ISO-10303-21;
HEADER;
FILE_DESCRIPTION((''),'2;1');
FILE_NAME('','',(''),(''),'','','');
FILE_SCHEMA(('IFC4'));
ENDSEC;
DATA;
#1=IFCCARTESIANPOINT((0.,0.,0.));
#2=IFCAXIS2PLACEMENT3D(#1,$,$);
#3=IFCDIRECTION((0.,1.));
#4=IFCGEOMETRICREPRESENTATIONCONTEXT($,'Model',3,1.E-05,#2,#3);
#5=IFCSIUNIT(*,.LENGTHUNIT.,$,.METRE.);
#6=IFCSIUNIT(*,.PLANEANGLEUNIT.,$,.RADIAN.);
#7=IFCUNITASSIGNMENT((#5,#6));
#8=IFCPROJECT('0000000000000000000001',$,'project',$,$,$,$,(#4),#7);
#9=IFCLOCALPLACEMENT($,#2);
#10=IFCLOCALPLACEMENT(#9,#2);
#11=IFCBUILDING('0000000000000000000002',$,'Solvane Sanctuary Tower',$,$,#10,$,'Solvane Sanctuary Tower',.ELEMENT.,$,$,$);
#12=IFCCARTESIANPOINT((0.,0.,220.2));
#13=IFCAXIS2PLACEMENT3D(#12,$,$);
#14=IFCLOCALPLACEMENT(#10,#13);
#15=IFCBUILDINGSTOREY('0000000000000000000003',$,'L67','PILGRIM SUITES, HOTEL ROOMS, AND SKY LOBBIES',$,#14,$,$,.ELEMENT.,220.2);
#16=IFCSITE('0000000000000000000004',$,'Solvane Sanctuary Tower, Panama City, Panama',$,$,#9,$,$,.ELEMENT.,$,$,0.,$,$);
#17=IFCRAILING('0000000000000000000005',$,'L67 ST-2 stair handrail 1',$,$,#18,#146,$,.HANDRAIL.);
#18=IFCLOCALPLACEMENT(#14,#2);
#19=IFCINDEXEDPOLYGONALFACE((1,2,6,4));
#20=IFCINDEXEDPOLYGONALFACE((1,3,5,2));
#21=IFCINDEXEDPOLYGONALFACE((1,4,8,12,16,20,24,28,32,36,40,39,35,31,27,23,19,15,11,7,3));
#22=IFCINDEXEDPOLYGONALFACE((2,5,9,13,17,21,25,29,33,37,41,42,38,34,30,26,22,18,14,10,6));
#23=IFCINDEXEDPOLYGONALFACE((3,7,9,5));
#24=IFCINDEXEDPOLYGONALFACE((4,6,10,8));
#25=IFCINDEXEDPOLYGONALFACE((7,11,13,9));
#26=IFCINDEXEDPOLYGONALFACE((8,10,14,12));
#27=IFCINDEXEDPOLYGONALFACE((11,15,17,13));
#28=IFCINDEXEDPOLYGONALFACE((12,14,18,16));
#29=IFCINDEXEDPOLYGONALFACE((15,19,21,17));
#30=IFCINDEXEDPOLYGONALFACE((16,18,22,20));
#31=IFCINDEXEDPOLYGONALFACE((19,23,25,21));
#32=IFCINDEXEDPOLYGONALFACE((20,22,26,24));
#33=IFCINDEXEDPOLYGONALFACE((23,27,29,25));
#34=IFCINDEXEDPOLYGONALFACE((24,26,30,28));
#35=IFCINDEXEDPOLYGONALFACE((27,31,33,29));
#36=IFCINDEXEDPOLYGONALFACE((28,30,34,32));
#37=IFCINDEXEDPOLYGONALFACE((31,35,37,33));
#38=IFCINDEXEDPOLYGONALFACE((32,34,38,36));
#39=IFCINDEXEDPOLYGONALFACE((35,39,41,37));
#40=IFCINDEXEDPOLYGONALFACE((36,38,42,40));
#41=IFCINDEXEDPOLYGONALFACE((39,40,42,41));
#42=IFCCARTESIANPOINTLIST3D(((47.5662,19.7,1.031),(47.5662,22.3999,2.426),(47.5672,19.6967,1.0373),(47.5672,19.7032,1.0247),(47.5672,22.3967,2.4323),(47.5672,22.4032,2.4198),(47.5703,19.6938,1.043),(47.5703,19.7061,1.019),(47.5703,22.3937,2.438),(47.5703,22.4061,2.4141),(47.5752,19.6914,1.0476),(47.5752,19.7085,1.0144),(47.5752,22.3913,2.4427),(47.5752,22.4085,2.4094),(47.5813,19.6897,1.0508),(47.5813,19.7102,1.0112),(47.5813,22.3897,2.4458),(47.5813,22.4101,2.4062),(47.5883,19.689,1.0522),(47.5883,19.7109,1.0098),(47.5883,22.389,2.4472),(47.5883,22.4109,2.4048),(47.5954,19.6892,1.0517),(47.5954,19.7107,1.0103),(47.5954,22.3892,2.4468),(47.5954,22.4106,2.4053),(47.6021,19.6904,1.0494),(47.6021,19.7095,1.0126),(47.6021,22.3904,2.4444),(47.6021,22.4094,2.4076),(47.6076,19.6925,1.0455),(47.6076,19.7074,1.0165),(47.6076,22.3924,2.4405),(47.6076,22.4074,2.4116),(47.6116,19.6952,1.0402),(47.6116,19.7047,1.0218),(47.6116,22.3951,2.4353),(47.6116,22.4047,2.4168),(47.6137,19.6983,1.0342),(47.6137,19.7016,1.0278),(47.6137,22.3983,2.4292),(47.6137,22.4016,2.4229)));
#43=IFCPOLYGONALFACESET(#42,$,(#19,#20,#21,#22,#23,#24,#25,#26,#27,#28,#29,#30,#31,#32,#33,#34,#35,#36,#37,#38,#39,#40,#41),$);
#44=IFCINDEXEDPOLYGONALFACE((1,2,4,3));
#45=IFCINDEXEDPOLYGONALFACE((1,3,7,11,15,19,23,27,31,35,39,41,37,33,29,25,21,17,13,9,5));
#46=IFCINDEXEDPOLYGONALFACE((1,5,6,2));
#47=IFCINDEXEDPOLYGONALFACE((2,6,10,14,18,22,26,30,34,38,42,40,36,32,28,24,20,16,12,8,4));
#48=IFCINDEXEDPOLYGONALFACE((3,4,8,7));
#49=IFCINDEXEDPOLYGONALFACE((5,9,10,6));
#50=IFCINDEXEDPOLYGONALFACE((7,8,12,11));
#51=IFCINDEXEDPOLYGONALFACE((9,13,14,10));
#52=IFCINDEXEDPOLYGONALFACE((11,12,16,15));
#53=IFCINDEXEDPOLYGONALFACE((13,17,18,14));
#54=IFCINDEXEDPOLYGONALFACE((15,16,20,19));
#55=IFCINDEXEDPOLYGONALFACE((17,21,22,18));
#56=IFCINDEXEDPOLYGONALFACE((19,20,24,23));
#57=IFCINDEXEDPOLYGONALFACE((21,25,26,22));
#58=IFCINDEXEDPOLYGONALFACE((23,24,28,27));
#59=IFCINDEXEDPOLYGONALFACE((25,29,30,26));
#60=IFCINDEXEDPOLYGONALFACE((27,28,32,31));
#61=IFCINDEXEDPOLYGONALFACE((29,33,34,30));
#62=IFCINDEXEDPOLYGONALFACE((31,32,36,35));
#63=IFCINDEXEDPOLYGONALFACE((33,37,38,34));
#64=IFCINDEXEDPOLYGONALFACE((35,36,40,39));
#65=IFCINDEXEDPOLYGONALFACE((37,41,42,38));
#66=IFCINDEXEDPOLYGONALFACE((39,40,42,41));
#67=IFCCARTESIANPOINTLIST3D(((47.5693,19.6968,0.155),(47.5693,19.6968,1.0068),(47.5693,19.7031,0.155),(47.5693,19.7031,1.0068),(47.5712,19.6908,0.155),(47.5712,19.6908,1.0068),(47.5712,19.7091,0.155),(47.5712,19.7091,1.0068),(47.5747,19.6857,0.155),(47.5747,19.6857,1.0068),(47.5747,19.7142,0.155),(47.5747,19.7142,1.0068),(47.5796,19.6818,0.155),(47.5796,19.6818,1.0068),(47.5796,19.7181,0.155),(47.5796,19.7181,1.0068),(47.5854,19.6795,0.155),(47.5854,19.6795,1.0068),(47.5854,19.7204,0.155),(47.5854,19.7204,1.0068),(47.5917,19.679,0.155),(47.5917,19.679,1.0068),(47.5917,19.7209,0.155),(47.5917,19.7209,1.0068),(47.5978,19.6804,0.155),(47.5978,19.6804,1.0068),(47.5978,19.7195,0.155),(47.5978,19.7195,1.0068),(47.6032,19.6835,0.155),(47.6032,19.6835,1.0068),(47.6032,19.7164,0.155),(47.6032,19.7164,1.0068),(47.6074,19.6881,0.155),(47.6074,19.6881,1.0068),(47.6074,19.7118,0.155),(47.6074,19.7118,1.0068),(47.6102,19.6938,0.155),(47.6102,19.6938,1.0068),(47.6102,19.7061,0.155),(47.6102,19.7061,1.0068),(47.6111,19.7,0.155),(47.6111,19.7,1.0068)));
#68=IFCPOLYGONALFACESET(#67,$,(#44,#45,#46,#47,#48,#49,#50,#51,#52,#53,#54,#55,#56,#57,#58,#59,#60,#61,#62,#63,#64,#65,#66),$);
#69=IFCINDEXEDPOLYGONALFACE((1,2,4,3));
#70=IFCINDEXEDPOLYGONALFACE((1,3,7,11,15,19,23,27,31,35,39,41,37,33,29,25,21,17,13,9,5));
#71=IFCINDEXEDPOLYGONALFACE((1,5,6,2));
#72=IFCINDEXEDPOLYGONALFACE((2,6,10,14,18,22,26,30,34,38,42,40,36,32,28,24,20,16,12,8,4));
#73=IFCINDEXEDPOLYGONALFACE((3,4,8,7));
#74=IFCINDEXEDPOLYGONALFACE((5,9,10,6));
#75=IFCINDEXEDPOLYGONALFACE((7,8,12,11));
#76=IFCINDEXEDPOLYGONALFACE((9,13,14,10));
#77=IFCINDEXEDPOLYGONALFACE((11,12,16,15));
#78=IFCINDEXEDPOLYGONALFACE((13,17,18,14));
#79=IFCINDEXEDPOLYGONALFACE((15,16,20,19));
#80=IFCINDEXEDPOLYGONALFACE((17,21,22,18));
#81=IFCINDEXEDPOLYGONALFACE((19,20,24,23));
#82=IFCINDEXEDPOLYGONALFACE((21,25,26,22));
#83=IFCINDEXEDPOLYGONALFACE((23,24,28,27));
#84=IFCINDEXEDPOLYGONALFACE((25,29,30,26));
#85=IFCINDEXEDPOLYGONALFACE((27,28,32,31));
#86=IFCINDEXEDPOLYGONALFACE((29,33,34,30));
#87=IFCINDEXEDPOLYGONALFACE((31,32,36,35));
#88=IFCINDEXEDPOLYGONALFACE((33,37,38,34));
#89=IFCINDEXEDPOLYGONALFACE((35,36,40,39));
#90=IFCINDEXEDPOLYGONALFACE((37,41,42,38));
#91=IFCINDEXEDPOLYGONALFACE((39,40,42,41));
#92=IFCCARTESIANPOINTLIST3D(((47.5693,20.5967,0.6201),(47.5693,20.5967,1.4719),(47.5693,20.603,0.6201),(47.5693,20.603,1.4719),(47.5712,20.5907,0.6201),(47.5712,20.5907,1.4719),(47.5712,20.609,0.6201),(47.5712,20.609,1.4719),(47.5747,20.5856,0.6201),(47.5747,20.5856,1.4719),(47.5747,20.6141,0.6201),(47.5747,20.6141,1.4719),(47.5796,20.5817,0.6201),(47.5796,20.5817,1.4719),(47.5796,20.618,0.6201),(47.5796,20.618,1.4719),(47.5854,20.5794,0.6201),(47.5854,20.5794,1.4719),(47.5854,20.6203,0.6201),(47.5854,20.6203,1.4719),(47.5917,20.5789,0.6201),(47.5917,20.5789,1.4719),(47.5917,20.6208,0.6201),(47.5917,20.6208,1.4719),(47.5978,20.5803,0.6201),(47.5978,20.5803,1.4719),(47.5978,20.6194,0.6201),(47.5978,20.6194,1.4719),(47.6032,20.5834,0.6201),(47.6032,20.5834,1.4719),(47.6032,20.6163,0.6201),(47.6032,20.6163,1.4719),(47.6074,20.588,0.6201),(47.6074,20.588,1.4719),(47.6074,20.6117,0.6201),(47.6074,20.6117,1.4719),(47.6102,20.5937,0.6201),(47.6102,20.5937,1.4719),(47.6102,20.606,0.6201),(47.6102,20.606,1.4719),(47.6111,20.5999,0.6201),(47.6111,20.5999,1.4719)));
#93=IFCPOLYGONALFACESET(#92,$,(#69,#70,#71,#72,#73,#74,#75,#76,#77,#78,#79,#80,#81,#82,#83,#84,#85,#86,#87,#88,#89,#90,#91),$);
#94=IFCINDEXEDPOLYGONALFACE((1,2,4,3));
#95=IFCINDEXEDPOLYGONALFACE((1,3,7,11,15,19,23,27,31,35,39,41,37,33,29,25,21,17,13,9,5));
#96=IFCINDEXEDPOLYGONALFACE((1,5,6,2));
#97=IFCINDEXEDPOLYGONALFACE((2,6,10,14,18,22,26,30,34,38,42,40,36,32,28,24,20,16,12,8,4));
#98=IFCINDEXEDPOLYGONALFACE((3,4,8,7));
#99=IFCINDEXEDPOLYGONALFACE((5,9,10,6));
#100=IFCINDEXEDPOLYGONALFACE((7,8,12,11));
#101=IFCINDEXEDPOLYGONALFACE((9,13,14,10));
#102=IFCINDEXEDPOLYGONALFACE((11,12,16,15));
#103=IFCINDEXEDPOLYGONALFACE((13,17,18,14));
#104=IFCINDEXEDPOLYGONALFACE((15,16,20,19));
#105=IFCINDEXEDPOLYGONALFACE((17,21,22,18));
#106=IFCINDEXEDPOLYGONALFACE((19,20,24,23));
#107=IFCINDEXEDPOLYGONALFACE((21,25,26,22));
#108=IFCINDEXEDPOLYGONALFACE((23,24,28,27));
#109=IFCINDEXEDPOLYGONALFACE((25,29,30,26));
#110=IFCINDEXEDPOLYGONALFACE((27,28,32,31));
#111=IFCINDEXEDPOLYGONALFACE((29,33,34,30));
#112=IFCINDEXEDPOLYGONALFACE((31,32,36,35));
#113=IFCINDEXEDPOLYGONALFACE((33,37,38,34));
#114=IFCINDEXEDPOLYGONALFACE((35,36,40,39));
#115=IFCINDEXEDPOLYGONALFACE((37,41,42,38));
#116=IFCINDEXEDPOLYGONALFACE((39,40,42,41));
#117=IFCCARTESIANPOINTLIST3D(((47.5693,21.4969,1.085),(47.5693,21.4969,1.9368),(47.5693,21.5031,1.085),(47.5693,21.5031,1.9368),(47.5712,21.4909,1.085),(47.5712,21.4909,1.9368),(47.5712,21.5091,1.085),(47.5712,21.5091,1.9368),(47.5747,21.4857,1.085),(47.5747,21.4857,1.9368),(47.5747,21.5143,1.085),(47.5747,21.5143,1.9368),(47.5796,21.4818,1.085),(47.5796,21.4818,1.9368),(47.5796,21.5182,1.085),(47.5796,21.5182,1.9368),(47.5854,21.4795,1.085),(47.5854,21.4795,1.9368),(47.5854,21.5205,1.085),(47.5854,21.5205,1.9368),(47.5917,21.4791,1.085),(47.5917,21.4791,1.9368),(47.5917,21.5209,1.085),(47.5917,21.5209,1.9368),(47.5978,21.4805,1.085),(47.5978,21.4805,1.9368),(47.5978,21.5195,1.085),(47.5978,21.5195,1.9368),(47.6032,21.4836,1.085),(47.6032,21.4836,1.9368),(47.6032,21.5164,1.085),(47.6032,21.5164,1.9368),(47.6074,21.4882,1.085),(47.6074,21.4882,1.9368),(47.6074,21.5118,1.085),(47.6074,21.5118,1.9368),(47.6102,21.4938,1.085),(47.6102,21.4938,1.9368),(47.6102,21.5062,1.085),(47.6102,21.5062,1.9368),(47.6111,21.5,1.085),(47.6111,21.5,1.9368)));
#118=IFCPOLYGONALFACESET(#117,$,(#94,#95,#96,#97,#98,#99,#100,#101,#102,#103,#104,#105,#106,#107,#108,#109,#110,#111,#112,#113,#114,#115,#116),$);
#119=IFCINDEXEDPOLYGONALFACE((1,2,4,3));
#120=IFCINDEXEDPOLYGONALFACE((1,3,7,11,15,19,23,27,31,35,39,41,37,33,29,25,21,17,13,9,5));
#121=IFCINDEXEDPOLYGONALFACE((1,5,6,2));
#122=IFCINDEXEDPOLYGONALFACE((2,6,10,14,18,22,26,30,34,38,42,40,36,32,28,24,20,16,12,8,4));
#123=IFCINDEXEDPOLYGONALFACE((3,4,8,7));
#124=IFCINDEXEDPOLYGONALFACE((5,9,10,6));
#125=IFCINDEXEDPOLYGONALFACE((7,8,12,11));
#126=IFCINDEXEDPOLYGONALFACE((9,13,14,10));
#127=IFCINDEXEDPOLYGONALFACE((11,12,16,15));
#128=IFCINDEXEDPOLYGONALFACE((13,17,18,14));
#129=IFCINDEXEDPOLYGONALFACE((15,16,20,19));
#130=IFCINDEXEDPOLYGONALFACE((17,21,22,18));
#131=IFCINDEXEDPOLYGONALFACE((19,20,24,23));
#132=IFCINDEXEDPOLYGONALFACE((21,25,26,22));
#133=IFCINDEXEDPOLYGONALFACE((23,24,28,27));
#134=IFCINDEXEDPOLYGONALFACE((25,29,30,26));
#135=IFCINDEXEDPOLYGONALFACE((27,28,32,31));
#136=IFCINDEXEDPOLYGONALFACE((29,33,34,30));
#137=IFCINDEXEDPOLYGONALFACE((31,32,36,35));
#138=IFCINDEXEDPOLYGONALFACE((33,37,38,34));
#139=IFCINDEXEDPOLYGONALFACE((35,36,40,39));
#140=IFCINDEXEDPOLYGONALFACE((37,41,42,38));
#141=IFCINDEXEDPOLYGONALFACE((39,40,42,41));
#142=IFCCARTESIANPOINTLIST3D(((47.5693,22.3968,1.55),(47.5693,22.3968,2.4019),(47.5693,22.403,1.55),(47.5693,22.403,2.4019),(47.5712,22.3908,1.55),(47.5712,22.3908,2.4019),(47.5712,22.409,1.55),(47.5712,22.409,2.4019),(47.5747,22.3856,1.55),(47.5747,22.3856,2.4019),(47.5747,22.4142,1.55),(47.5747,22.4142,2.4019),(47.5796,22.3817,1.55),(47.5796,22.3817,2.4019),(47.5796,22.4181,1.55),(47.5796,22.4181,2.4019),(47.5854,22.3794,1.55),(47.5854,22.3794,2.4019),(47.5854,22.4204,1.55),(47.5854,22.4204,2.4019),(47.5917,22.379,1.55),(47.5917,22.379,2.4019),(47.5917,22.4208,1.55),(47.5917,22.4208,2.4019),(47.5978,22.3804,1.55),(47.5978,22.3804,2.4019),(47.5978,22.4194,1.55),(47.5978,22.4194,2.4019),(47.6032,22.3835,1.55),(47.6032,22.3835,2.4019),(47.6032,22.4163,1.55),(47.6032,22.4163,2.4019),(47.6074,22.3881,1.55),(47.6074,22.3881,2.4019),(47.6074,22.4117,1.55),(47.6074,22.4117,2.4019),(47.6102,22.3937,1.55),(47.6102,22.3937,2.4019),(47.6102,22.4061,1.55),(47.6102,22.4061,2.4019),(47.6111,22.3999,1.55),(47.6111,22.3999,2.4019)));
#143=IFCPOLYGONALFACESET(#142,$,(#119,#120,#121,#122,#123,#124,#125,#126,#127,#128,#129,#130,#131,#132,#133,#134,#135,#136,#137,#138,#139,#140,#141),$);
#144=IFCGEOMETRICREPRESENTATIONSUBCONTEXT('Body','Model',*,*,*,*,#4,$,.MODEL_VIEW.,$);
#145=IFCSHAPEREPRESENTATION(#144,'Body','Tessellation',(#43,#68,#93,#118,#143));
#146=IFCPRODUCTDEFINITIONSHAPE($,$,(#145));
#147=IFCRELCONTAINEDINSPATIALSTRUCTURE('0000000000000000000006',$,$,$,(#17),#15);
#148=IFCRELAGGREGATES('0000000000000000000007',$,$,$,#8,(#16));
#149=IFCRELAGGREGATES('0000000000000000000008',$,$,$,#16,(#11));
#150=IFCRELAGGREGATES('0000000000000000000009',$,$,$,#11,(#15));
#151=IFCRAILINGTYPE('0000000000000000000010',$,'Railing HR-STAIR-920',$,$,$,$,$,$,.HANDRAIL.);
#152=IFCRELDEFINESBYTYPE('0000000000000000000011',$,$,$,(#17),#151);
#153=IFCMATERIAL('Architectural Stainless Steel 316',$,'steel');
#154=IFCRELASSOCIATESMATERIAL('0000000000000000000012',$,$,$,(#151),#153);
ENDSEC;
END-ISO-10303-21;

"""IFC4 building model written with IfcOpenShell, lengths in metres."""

from ifc_helpers import new_model, si_unit, direction, frame, origin, origin_2d, place, context, subcontext, project, spatial, circle, extrude, material, type_object, element, save


model = new_model("IFC4")

# Units and contexts
model_context = context("Model", 3, precision=1e-05, world=origin(), true_north=direction((0.0, 1.0)))
body_context = subcontext(model_context, "Body", "Model", "MODEL_VIEW")
ifc_project = project(units=[si_unit("LENGTHUNIT", "METRE"), si_unit("PLANEANGLEUNIT", "RADIAN")], contexts=[model_context])

# Site, building, storey
site_placement = place(None, origin())
site = spatial("IfcSite", under=ifc_project, at=site_placement, Name="Solvane Sanctuary Tower, Panama City, Panama", CompositionType="ELEMENT", RefElevation=0.0)
building_placement = place(site_placement, origin())
building = spatial("IfcBuilding", under=site, at=building_placement, Name="Solvane Sanctuary Tower", LongName="Solvane Sanctuary Tower", CompositionType="ELEMENT")
storey_placement = place(building_placement, frame((0.0, 0.0, 220.2)))
storey = spatial("IfcBuildingStorey", under=building, at=storey_placement, Name="L67", Description="PILGRIM SUITES, HOTEL ROOMS, AND SKY LOBBIES", CompositionType="ELEMENT", Elevation=220.2)

# Shared definitions
ifc_material_1 = material(Name="Architectural Stainless Steel 316", Category="steel")

# Railing
railing_type_1 = type_object("IfcRailingType", Name="Railing HR-STAIR-920", PredefinedType="HANDRAIL", material=ifc_material_1)
railing_1_placement = place(storey_placement, frame((47.5901, 19.7, 0.155)))
element("IfcRailing", 1, at=railing_1_placement, inside=storey, type_object=railing_type_1, Name="L67 ST-2 stair handrail 1", PredefinedType="HANDRAIL", context=body_context, shape_type="SweptSolid", body=[
    extrude(circle(Radius=0.0239, at=origin_2d()), frame((0.0, 0.0, 0.876), z_axis=(0.0, 0.88842, 0.459032), x_axis=(-1.0, 0.0, 0.0)), (0.0, 0.0, 1.0), 3.0391),
    extrude(circle(Radius=0.021, at=origin_2d()), origin(), (0.0, 0.0, 1.0), 0.8518),
    extrude(circle(Radius=0.021, at=origin_2d()), frame((0.0, 0.8999, 0.4651)), (0.0, 0.0, 1.0), 0.8518),
    extrude(circle(Radius=0.021, at=origin_2d()), frame((0.0, 1.8, 0.9299)), (0.0, 0.0, 1.0), 0.8518),
    extrude(circle(Radius=0.021, at=origin_2d()), frame((0.0, 2.7, 1.395)), (0.0, 0.0, 1.0), 0.8518),
])

save(model, "model.ifc")
